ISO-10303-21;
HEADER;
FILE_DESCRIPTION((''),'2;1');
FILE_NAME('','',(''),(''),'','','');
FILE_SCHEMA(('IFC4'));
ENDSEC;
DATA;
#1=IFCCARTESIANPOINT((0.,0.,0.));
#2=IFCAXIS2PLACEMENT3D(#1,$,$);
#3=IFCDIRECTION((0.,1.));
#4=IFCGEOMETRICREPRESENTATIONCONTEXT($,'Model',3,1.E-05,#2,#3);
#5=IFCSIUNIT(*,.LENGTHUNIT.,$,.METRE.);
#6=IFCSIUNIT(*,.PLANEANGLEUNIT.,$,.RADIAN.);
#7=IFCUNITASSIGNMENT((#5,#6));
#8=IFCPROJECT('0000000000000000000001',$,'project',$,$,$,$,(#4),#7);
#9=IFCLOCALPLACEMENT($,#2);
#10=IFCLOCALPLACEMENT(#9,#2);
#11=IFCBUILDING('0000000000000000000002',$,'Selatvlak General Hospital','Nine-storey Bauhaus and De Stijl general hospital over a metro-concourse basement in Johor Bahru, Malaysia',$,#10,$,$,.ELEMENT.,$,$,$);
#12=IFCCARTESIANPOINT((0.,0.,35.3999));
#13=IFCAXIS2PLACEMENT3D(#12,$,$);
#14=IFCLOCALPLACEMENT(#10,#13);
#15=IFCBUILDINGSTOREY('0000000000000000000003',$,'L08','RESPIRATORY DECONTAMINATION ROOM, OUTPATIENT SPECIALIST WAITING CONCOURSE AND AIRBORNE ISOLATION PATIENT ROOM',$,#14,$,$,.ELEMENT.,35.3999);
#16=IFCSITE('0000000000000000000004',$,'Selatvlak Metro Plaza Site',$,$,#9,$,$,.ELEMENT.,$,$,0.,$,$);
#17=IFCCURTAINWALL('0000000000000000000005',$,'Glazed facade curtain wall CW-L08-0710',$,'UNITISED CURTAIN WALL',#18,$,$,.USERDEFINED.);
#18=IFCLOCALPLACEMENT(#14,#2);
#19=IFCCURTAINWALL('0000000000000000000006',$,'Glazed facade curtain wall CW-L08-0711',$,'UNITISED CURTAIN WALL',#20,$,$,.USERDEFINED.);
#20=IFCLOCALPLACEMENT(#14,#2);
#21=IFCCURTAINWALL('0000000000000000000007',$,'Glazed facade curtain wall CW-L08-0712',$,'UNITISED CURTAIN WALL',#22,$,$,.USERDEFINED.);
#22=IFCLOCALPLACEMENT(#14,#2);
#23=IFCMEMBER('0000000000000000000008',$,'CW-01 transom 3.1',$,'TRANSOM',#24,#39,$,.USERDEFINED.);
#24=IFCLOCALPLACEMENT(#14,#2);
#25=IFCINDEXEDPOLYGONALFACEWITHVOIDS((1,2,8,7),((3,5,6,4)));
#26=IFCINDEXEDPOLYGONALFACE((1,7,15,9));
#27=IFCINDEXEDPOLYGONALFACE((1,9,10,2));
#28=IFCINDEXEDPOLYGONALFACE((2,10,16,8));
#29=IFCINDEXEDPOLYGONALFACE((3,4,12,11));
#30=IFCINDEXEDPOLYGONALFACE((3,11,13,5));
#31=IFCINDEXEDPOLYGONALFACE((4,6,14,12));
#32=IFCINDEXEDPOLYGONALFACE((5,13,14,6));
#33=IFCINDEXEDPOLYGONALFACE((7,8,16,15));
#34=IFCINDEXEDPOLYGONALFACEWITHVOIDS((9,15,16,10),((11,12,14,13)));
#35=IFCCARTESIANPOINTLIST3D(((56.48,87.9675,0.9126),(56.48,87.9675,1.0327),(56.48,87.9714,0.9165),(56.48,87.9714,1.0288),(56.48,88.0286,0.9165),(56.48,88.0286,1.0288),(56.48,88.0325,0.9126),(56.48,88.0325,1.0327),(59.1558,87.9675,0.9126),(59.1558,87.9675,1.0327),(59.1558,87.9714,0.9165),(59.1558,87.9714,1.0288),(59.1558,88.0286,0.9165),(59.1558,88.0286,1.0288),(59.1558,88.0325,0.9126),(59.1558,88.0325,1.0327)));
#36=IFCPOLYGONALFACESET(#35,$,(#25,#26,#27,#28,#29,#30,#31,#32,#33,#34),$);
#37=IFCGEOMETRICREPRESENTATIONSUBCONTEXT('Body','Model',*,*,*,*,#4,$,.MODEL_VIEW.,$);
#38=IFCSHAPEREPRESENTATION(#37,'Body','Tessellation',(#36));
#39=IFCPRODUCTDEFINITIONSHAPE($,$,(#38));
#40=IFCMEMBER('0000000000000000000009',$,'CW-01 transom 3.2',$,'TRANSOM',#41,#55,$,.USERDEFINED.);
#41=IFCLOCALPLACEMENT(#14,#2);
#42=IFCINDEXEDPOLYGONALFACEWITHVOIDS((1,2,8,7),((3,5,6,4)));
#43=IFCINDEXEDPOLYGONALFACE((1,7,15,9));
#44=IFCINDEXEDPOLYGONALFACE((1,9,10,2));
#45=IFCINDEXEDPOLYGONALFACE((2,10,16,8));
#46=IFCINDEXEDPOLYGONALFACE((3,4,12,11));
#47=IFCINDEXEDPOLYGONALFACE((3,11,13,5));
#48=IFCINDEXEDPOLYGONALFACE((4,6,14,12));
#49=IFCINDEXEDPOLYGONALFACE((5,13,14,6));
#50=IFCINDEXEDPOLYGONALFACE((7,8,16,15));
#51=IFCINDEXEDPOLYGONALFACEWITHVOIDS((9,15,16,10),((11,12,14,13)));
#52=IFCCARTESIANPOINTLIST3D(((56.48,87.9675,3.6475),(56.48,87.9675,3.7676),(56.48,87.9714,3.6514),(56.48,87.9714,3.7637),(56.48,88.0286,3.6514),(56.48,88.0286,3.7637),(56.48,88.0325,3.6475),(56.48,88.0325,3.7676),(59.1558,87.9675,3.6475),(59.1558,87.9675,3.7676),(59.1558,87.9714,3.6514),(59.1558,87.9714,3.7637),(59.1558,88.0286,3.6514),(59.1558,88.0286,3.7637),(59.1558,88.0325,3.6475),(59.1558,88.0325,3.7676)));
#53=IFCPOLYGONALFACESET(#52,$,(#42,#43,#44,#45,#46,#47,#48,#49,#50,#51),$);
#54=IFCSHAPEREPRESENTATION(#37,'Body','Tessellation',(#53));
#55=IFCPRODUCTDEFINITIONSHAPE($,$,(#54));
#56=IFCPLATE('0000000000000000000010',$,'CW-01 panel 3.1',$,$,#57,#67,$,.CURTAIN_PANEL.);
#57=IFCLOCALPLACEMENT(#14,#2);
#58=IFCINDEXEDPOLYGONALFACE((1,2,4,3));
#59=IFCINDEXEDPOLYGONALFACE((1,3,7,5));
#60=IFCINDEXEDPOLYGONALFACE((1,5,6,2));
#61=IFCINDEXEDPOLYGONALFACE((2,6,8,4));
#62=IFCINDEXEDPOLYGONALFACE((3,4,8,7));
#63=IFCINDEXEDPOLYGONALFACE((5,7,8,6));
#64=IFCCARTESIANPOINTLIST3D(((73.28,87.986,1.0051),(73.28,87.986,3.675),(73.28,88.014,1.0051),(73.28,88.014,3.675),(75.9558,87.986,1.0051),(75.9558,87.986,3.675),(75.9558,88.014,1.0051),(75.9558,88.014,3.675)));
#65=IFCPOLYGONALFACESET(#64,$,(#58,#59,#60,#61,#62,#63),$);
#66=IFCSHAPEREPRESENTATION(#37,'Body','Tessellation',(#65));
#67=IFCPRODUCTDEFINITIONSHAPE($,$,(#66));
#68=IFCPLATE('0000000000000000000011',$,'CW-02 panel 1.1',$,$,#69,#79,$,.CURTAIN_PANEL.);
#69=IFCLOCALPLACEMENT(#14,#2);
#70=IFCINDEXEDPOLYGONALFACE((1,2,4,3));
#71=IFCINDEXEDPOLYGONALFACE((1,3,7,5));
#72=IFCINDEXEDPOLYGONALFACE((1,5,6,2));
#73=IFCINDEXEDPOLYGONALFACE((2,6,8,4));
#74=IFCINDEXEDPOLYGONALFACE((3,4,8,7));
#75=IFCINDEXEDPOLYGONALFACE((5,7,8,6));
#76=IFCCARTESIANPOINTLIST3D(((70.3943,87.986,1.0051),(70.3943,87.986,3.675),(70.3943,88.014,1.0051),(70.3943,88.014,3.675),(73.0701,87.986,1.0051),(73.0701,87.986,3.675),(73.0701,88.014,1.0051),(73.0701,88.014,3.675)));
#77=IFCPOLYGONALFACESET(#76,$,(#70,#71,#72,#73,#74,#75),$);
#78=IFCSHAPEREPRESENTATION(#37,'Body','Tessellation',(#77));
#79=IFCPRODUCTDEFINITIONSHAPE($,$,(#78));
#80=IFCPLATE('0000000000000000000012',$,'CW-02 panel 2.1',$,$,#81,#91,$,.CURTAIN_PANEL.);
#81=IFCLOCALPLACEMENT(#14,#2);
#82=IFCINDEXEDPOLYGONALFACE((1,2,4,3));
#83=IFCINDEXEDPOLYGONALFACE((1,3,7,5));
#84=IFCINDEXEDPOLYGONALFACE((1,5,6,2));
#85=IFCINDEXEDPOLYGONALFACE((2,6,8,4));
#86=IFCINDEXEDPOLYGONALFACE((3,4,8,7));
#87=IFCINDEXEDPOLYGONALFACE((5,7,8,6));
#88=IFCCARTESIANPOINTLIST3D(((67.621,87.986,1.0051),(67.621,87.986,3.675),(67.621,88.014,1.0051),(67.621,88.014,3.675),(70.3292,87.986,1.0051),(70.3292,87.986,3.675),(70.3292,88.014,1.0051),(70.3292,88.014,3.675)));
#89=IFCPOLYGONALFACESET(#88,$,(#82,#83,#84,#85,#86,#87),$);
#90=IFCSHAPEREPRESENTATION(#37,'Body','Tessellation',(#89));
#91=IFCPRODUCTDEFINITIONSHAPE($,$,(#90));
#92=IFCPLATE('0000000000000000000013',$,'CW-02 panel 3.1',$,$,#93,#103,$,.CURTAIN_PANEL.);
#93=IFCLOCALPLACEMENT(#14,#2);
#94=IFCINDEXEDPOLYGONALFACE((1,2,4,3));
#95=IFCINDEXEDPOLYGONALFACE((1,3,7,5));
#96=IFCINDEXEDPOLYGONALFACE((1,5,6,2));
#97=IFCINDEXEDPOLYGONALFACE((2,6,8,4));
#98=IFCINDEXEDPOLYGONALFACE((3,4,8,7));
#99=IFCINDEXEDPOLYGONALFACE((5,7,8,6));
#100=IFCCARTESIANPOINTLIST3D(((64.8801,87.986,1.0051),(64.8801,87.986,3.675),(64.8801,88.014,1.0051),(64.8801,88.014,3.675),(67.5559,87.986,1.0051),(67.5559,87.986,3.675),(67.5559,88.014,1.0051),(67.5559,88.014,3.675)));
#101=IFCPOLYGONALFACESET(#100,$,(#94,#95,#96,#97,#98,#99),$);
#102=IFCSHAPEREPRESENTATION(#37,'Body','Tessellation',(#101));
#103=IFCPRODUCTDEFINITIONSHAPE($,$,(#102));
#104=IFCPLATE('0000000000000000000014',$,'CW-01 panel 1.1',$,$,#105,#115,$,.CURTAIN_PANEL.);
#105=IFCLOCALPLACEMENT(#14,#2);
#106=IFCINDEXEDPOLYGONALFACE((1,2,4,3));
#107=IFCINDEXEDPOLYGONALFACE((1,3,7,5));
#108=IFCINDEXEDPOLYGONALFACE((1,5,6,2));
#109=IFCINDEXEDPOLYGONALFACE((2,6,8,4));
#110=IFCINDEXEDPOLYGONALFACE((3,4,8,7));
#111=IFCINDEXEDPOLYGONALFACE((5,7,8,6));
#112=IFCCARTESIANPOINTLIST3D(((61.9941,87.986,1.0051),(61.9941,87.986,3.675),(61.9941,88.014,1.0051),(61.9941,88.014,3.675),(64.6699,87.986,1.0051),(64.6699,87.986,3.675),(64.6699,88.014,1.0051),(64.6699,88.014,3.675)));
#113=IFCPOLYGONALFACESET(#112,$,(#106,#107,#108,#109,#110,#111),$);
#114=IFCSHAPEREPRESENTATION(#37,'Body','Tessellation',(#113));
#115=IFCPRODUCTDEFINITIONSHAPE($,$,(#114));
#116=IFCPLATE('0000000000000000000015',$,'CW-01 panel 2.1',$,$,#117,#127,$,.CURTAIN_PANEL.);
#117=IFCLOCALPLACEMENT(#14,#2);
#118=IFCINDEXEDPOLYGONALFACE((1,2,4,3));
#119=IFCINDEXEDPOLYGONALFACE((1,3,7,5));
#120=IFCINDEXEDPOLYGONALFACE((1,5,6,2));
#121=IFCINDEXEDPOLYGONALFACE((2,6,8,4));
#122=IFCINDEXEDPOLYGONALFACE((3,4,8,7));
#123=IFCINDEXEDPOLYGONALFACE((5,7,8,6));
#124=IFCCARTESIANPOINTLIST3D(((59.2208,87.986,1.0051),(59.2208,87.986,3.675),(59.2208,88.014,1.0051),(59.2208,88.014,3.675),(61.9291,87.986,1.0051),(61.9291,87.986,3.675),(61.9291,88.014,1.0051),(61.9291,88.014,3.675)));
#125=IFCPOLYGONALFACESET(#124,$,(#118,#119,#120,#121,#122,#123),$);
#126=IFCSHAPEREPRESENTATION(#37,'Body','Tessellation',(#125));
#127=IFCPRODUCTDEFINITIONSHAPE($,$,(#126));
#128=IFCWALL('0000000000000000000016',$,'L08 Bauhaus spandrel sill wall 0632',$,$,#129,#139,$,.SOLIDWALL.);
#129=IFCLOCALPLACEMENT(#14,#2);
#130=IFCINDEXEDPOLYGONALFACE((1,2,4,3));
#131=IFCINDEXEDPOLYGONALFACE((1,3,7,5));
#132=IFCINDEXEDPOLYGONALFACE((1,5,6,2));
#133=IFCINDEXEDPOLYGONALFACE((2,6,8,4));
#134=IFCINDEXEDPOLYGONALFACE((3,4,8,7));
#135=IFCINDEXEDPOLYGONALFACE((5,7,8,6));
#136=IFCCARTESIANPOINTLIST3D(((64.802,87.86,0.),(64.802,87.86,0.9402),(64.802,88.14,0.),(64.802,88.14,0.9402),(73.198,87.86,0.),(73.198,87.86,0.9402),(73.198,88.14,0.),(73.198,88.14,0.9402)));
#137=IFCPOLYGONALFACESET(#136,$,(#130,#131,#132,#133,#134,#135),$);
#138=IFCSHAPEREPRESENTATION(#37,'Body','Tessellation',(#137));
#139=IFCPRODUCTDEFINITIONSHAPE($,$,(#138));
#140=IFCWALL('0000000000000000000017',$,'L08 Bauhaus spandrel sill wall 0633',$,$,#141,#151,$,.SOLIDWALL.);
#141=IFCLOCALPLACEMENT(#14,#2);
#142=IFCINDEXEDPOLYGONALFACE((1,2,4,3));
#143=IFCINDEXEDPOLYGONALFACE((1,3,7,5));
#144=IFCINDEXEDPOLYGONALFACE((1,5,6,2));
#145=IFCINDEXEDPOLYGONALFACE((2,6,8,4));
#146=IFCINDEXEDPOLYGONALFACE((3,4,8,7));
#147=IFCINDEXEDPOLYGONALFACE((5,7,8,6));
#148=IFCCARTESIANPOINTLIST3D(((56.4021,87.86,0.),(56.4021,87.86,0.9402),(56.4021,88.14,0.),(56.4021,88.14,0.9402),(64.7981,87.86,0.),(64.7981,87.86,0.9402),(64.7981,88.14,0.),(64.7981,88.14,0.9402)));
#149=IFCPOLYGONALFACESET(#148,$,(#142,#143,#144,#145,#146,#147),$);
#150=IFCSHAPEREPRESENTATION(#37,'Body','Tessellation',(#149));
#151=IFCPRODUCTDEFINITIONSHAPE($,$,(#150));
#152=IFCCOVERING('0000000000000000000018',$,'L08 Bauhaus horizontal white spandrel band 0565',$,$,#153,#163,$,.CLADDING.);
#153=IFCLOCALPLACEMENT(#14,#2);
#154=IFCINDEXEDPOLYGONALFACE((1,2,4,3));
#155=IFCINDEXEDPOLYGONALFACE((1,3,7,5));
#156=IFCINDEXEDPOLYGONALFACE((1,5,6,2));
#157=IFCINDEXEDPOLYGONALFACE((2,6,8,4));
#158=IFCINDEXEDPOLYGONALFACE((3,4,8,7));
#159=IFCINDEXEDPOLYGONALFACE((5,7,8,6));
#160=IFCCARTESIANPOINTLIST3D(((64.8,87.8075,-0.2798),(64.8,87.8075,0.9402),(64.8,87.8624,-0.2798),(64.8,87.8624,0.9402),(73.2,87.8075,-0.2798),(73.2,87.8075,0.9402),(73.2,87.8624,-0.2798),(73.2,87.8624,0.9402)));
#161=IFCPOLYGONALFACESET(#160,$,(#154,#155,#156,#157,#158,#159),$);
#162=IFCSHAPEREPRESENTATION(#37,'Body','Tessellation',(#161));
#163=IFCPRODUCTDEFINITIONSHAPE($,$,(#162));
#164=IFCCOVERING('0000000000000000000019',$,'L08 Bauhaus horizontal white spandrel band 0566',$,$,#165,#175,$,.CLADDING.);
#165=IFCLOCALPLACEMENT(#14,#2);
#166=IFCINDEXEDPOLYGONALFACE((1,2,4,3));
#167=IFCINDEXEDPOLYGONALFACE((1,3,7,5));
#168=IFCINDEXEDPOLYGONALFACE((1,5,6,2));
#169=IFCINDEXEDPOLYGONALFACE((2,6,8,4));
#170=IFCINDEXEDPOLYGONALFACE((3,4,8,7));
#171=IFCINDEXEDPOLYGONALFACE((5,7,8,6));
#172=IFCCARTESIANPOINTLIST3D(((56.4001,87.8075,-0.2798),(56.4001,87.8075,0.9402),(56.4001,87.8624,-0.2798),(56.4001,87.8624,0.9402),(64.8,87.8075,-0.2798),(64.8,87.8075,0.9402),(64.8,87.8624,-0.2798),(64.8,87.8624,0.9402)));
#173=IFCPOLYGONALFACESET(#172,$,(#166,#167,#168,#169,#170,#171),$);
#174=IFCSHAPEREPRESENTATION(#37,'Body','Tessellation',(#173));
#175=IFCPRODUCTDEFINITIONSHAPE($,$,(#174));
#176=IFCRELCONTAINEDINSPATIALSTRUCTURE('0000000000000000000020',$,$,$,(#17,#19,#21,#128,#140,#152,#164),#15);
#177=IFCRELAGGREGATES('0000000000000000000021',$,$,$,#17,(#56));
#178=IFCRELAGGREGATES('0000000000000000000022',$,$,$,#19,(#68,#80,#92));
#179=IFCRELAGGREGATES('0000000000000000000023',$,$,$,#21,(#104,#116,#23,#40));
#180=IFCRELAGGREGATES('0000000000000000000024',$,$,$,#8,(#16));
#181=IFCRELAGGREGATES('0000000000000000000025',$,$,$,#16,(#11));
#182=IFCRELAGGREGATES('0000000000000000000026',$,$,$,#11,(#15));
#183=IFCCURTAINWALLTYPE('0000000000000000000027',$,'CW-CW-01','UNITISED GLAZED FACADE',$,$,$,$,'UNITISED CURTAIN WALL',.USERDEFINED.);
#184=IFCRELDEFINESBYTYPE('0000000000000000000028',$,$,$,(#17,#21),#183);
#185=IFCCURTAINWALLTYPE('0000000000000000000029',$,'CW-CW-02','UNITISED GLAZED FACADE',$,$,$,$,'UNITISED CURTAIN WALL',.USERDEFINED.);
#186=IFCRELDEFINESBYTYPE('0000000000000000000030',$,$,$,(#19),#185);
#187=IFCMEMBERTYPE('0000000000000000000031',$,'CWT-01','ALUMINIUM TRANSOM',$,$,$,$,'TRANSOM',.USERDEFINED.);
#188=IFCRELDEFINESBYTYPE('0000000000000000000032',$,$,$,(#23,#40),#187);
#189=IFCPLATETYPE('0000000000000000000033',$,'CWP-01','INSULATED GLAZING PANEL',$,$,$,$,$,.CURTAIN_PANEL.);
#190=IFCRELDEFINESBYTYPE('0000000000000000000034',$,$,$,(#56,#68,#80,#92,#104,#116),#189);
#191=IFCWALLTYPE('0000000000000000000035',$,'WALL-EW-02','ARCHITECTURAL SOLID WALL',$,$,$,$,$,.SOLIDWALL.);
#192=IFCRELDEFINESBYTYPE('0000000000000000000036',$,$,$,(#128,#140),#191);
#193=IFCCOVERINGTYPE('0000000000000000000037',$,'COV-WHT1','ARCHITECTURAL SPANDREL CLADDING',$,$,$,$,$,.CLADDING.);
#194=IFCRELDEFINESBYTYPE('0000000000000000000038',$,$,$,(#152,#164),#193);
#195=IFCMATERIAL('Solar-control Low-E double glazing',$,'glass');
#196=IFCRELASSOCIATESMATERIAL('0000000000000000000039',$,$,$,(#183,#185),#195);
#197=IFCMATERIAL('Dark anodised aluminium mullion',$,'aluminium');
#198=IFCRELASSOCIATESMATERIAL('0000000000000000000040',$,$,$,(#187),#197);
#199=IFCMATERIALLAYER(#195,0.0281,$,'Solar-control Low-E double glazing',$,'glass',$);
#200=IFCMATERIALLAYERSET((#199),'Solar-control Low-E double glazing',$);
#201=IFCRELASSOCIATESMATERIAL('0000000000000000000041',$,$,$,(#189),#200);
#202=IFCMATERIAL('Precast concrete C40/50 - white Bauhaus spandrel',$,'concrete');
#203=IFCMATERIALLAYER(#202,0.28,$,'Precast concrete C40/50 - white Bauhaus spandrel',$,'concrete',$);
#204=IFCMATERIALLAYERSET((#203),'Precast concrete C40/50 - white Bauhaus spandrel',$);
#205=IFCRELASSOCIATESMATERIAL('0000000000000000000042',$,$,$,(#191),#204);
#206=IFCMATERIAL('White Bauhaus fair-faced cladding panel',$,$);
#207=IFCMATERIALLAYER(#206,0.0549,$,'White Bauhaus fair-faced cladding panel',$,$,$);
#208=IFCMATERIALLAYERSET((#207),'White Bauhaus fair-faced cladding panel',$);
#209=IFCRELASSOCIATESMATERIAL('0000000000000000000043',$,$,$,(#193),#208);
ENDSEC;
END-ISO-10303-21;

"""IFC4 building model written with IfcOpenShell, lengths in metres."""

from ifc_helpers import new_model, si_unit, direction, frame, frame_2d, origin, origin_2d, place, context, subcontext, project, spatial, rectangle, hollow_rectangle, extrude, material, layer, layer_set, material_profile, profile_set, type_object, element, aggregate, save


model = new_model("IFC4")

# Units and contexts
model_context = context("Model", 3, precision=1e-05, world=origin(), true_north=direction((0.0, 1.0)))
body_context = subcontext(model_context, "Body", "Model", "MODEL_VIEW")
ifc_project = project(units=[si_unit("LENGTHUNIT", "METRE"), si_unit("PLANEANGLEUNIT", "RADIAN")], contexts=[model_context])

# Site, building, storey
site_placement = place(None, origin())
site = spatial("IfcSite", under=ifc_project, at=site_placement, Name="Selatvlak Metro Plaza Site", CompositionType="ELEMENT", RefElevation=0.0)
building_placement = place(site_placement, origin())
building = spatial("IfcBuilding", under=site, at=building_placement, Name="Selatvlak General Hospital", Description="Nine-storey Bauhaus and De Stijl general hospital over a metro-concourse basement in Johor Bahru, Malaysia", CompositionType="ELEMENT")
storey_placement = place(building_placement, frame((0.0, 0.0, 35.3999)))
storey = spatial("IfcBuildingStorey", under=building, at=storey_placement, Name="L08", Description="RESPIRATORY DECONTAMINATION ROOM, OUTPATIENT SPECIALIST WAITING CONCOURSE AND AIRBORNE ISOLATION PATIENT ROOM", CompositionType="ELEMENT", Elevation=35.3999)

# Curtain wall
ifc_material_1 = material(Name="Solar-control Low-E double glazing", Category="glass")
curtain_wall_type_1 = type_object("IfcCurtainWallType", Name="CW-CW-01", Description="UNITISED GLAZED FACADE", ElementType="UNITISED CURTAIN WALL", PredefinedType="USERDEFINED", material=ifc_material_1)
curtain_wall_1_placement = place(storey_placement, origin())
curtain_wall_1 = element("IfcCurtainWall", 1, at=curtain_wall_1_placement, inside=storey, type_object=curtain_wall_type_1, Name="Glazed facade curtain wall CW-L08-0710", ObjectType="UNITISED CURTAIN WALL", PredefinedType="USERDEFINED")
ifc_material_2 = material(Name="Dark anodised aluminium mullion", Category="aluminium")

# Curtain walls
curtain_wall_type_2 = type_object("IfcCurtainWallType", Name="CW-CW-02", Description="UNITISED GLAZED FACADE", ElementType="UNITISED CURTAIN WALL", PredefinedType="USERDEFINED", material=ifc_material_1)
curtain_wall_2_placement = place(storey_placement, origin())
curtain_wall_2 = element("IfcCurtainWall", 2, at=curtain_wall_2_placement, inside=storey, type_object=curtain_wall_type_2, Name="Glazed facade curtain wall CW-L08-0711", ObjectType="UNITISED CURTAIN WALL", PredefinedType="USERDEFINED")
curtain_wall_3_placement = place(storey_placement, origin())
curtain_wall_3 = element("IfcCurtainWall", 3, at=curtain_wall_3_placement, inside=storey, type_object=curtain_wall_type_1, Name="Glazed facade curtain wall CW-L08-0712", ObjectType="UNITISED CURTAIN WALL", PredefinedType="USERDEFINED")

# Members
ifc_material_profile_1 = material_profile(ifc_material_2, hollow_rectangle(XDim=0.0649, YDim=0.1201, WallThickness=0.0039, at=origin_2d()), Name="AL-TRN 65x120x4")
ifc_profile_set_1 = profile_set([ifc_material_profile_1], Name="Dark anodised aluminium mullion")
member_type_1 = type_object("IfcMemberType", Name="CWT-01", Description="ALUMINIUM TRANSOM", ElementType="TRANSOM", PredefinedType="USERDEFINED", material=ifc_profile_set_1)
member_1_placement = place(storey_placement, frame((59.1558, 88.0, 0.9727), z_axis=(-1.0, 0.0, 0.0), x_axis=(0.0, -1.0, 0.0)))
member_1 = element("IfcMember", 4, at=member_1_placement, type_object=member_type_1, Name="CW-01 transom 3.1", ObjectType="TRANSOM", PredefinedType="USERDEFINED", context=body_context, shape_type="SweptSolid", body=[
    extrude(hollow_rectangle(XDim=0.0649, YDim=0.1201, WallThickness=0.0039, at=origin_2d()), origin(), (0.0, 0.0, 1.0), 2.6758),
])
member_2_placement = place(storey_placement, frame((59.1558, 88.0, 3.7075), z_axis=(-1.0, 0.0, 0.0), x_axis=(0.0, -1.0, 0.0)))
member_2 = element("IfcMember", 5, at=member_2_placement, type_object=member_type_1, Name="CW-01 transom 3.2", ObjectType="TRANSOM", PredefinedType="USERDEFINED", context=body_context, shape_type="SweptSolid", body=[
    extrude(hollow_rectangle(XDim=0.0649, YDim=0.1201, WallThickness=0.0039, at=origin_2d()), origin(), (0.0, 0.0, 1.0), 2.6758),
])

# Plates
ifc_layer_1 = layer(ifc_material_1, 0.0281, Name="Solar-control Low-E double glazing", Category="glass")
ifc_layer_set_1 = layer_set([ifc_layer_1], Name="Solar-control Low-E double glazing")
plate_type = type_object("IfcPlateType", Name="CWP-01", Description="INSULATED GLAZING PANEL", PredefinedType="CURTAIN_PANEL", material=ifc_layer_set_1)
plate_1_placement = place(storey_placement, frame((74.6179, 88.0, 1.0051), z_axis=(0.0, 0.0, 1.0), x_axis=(-1.0, 0.0, 0.0)))
plate_1 = element("IfcPlate", 6, at=plate_1_placement, type_object=plate_type, Name="CW-01 panel 3.1", PredefinedType="CURTAIN_PANEL", context=body_context, shape_type="SweptSolid", body=[
    extrude(rectangle(XDim=2.6758, YDim=0.0281, at=origin_2d()), origin(), (0.0, 0.0, 1.0), 2.6699),
])
aggregate(curtain_wall_1, [plate_1])
plate_2_placement = place(storey_placement, frame((71.7322, 88.0, 1.0051), z_axis=(0.0, 0.0, 1.0), x_axis=(-1.0, 0.0, 0.0)))
plate_2 = element("IfcPlate", 7, at=plate_2_placement, type_object=plate_type, Name="CW-02 panel 1.1", PredefinedType="CURTAIN_PANEL", context=body_context, shape_type="SweptSolid", body=[
    extrude(rectangle(XDim=2.6758, YDim=0.0281, at=origin_2d()), origin(), (0.0, 0.0, 1.0), 2.6699),
])
plate_3_placement = place(storey_placement, frame((68.9751, 88.0, 1.0051), z_axis=(0.0, 0.0, 1.0), x_axis=(-1.0, 0.0, 0.0)))
plate_3 = element("IfcPlate", 8, at=plate_3_placement, type_object=plate_type, Name="CW-02 panel 2.1", PredefinedType="CURTAIN_PANEL", context=body_context, shape_type="SweptSolid", body=[
    extrude(rectangle(XDim=2.7083, YDim=0.0281, at=origin_2d()), origin(), (0.0, 0.0, 1.0), 2.6699),
])
plate_4_placement = place(storey_placement, frame((66.218, 88.0, 1.0051), z_axis=(0.0, 0.0, 1.0), x_axis=(-1.0, 0.0, 0.0)))
plate_4 = element("IfcPlate", 9, at=plate_4_placement, type_object=plate_type, Name="CW-02 panel 3.1", PredefinedType="CURTAIN_PANEL", context=body_context, shape_type="SweptSolid", body=[
    extrude(rectangle(XDim=2.6758, YDim=0.0281, at=origin_2d()), origin(), (0.0, 0.0, 1.0), 2.6699),
])
aggregate(curtain_wall_2, [plate_2, plate_3, plate_4])
plate_5_placement = place(storey_placement, frame((63.332, 88.0, 1.0051), z_axis=(0.0, 0.0, 1.0), x_axis=(-1.0, 0.0, 0.0)))
plate_5 = element("IfcPlate", 10, at=plate_5_placement, type_object=plate_type, Name="CW-01 panel 1.1", PredefinedType="CURTAIN_PANEL", context=body_context, shape_type="SweptSolid", body=[
    extrude(rectangle(XDim=2.6758, YDim=0.0281, at=origin_2d()), origin(), (0.0, 0.0, 1.0), 2.6699),
])
plate_6_placement = place(storey_placement, frame((60.575, 88.0, 1.0051), z_axis=(0.0, 0.0, 1.0), x_axis=(-1.0, 0.0, 0.0)))
plate_6 = element("IfcPlate", 11, at=plate_6_placement, type_object=plate_type, Name="CW-01 panel 2.1", PredefinedType="CURTAIN_PANEL", context=body_context, shape_type="SweptSolid", body=[
    extrude(rectangle(XDim=2.7083, YDim=0.0281, at=origin_2d()), origin(), (0.0, 0.0, 1.0), 2.6699),
])
aggregate(curtain_wall_3, [plate_5, plate_6, member_1, member_2])

# Walls
ifc_material_3 = material(Name="Precast concrete C40/50 - white Bauhaus spandrel", Category="concrete")
ifc_layer_2 = layer(ifc_material_3, 0.28, Name="Precast concrete C40/50 - white Bauhaus spandrel", Category="concrete")
ifc_layer_set_2 = layer_set([ifc_layer_2], Name="Precast concrete C40/50 - white Bauhaus spandrel")
wall_type = type_object("IfcWallType", Name="WALL-EW-02", Description="ARCHITECTURAL SOLID WALL", PredefinedType="SOLIDWALL", material=ifc_layer_set_2)
for number, where, z_axis, x_axis, name in (
    (12, (73.198, 88.0, 0.0), (0.0, 0.0, 1.0), (-1.0, 0.0, 0.0), "L08 Bauhaus spandrel sill wall 0632"),
    (13, (64.7981, 88.0, 0.0), (0.0, 0.0, 1.0), (-1.0, 0.0, 0.0), "L08 Bauhaus spandrel sill wall 0633"),
):
    element("IfcWall", number, at=place(storey_placement, frame(where, z_axis=z_axis, x_axis=x_axis)), inside=storey, type_object=wall_type, Name=name, PredefinedType="SOLIDWALL", context=body_context, shape_type="SweptSolid", body=[
        extrude(rectangle(XDim=8.396, YDim=0.28, at=frame_2d((4.198, 0.0))), origin(), (0.0, 0.0, 1.0), 0.9402),
    ])

# Coverings
ifc_material_4 = material(Name="White Bauhaus fair-faced cladding panel")
ifc_layer_3 = layer(ifc_material_4, 0.0549, Name="White Bauhaus fair-faced cladding panel")
ifc_layer_set_3 = layer_set([ifc_layer_3], Name="White Bauhaus fair-faced cladding panel")
covering_type = type_object("IfcCoveringType", Name="COV-WHT1", Description="ARCHITECTURAL SPANDREL CLADDING", PredefinedType="CLADDING", material=ifc_layer_set_3)
for number, where, z_axis, x_axis, name in (
    (14, (69.0, 87.835, -0.2798), (0.0, 0.0, 1.0), (-1.0, 0.0, 0.0), "L08 Bauhaus horizontal white spandrel band 0565"),
    (15, (60.6001, 87.835, -0.2798), (0.0, 0.0, 1.0), (-1.0, 0.0, 0.0), "L08 Bauhaus horizontal white spandrel band 0566"),
):
    element("IfcCovering", number, at=place(storey_placement, frame(where, z_axis=z_axis, x_axis=x_axis)), inside=storey, type_object=covering_type, Name=name, PredefinedType="CLADDING", context=body_context, shape_type="SweptSolid", body=[
        extrude(rectangle(XDim=8.3999, YDim=0.0549, at=origin_2d()), origin(), (0.0, 0.0, 1.0), 1.22),
    ])

save(model, "model.ifc")
